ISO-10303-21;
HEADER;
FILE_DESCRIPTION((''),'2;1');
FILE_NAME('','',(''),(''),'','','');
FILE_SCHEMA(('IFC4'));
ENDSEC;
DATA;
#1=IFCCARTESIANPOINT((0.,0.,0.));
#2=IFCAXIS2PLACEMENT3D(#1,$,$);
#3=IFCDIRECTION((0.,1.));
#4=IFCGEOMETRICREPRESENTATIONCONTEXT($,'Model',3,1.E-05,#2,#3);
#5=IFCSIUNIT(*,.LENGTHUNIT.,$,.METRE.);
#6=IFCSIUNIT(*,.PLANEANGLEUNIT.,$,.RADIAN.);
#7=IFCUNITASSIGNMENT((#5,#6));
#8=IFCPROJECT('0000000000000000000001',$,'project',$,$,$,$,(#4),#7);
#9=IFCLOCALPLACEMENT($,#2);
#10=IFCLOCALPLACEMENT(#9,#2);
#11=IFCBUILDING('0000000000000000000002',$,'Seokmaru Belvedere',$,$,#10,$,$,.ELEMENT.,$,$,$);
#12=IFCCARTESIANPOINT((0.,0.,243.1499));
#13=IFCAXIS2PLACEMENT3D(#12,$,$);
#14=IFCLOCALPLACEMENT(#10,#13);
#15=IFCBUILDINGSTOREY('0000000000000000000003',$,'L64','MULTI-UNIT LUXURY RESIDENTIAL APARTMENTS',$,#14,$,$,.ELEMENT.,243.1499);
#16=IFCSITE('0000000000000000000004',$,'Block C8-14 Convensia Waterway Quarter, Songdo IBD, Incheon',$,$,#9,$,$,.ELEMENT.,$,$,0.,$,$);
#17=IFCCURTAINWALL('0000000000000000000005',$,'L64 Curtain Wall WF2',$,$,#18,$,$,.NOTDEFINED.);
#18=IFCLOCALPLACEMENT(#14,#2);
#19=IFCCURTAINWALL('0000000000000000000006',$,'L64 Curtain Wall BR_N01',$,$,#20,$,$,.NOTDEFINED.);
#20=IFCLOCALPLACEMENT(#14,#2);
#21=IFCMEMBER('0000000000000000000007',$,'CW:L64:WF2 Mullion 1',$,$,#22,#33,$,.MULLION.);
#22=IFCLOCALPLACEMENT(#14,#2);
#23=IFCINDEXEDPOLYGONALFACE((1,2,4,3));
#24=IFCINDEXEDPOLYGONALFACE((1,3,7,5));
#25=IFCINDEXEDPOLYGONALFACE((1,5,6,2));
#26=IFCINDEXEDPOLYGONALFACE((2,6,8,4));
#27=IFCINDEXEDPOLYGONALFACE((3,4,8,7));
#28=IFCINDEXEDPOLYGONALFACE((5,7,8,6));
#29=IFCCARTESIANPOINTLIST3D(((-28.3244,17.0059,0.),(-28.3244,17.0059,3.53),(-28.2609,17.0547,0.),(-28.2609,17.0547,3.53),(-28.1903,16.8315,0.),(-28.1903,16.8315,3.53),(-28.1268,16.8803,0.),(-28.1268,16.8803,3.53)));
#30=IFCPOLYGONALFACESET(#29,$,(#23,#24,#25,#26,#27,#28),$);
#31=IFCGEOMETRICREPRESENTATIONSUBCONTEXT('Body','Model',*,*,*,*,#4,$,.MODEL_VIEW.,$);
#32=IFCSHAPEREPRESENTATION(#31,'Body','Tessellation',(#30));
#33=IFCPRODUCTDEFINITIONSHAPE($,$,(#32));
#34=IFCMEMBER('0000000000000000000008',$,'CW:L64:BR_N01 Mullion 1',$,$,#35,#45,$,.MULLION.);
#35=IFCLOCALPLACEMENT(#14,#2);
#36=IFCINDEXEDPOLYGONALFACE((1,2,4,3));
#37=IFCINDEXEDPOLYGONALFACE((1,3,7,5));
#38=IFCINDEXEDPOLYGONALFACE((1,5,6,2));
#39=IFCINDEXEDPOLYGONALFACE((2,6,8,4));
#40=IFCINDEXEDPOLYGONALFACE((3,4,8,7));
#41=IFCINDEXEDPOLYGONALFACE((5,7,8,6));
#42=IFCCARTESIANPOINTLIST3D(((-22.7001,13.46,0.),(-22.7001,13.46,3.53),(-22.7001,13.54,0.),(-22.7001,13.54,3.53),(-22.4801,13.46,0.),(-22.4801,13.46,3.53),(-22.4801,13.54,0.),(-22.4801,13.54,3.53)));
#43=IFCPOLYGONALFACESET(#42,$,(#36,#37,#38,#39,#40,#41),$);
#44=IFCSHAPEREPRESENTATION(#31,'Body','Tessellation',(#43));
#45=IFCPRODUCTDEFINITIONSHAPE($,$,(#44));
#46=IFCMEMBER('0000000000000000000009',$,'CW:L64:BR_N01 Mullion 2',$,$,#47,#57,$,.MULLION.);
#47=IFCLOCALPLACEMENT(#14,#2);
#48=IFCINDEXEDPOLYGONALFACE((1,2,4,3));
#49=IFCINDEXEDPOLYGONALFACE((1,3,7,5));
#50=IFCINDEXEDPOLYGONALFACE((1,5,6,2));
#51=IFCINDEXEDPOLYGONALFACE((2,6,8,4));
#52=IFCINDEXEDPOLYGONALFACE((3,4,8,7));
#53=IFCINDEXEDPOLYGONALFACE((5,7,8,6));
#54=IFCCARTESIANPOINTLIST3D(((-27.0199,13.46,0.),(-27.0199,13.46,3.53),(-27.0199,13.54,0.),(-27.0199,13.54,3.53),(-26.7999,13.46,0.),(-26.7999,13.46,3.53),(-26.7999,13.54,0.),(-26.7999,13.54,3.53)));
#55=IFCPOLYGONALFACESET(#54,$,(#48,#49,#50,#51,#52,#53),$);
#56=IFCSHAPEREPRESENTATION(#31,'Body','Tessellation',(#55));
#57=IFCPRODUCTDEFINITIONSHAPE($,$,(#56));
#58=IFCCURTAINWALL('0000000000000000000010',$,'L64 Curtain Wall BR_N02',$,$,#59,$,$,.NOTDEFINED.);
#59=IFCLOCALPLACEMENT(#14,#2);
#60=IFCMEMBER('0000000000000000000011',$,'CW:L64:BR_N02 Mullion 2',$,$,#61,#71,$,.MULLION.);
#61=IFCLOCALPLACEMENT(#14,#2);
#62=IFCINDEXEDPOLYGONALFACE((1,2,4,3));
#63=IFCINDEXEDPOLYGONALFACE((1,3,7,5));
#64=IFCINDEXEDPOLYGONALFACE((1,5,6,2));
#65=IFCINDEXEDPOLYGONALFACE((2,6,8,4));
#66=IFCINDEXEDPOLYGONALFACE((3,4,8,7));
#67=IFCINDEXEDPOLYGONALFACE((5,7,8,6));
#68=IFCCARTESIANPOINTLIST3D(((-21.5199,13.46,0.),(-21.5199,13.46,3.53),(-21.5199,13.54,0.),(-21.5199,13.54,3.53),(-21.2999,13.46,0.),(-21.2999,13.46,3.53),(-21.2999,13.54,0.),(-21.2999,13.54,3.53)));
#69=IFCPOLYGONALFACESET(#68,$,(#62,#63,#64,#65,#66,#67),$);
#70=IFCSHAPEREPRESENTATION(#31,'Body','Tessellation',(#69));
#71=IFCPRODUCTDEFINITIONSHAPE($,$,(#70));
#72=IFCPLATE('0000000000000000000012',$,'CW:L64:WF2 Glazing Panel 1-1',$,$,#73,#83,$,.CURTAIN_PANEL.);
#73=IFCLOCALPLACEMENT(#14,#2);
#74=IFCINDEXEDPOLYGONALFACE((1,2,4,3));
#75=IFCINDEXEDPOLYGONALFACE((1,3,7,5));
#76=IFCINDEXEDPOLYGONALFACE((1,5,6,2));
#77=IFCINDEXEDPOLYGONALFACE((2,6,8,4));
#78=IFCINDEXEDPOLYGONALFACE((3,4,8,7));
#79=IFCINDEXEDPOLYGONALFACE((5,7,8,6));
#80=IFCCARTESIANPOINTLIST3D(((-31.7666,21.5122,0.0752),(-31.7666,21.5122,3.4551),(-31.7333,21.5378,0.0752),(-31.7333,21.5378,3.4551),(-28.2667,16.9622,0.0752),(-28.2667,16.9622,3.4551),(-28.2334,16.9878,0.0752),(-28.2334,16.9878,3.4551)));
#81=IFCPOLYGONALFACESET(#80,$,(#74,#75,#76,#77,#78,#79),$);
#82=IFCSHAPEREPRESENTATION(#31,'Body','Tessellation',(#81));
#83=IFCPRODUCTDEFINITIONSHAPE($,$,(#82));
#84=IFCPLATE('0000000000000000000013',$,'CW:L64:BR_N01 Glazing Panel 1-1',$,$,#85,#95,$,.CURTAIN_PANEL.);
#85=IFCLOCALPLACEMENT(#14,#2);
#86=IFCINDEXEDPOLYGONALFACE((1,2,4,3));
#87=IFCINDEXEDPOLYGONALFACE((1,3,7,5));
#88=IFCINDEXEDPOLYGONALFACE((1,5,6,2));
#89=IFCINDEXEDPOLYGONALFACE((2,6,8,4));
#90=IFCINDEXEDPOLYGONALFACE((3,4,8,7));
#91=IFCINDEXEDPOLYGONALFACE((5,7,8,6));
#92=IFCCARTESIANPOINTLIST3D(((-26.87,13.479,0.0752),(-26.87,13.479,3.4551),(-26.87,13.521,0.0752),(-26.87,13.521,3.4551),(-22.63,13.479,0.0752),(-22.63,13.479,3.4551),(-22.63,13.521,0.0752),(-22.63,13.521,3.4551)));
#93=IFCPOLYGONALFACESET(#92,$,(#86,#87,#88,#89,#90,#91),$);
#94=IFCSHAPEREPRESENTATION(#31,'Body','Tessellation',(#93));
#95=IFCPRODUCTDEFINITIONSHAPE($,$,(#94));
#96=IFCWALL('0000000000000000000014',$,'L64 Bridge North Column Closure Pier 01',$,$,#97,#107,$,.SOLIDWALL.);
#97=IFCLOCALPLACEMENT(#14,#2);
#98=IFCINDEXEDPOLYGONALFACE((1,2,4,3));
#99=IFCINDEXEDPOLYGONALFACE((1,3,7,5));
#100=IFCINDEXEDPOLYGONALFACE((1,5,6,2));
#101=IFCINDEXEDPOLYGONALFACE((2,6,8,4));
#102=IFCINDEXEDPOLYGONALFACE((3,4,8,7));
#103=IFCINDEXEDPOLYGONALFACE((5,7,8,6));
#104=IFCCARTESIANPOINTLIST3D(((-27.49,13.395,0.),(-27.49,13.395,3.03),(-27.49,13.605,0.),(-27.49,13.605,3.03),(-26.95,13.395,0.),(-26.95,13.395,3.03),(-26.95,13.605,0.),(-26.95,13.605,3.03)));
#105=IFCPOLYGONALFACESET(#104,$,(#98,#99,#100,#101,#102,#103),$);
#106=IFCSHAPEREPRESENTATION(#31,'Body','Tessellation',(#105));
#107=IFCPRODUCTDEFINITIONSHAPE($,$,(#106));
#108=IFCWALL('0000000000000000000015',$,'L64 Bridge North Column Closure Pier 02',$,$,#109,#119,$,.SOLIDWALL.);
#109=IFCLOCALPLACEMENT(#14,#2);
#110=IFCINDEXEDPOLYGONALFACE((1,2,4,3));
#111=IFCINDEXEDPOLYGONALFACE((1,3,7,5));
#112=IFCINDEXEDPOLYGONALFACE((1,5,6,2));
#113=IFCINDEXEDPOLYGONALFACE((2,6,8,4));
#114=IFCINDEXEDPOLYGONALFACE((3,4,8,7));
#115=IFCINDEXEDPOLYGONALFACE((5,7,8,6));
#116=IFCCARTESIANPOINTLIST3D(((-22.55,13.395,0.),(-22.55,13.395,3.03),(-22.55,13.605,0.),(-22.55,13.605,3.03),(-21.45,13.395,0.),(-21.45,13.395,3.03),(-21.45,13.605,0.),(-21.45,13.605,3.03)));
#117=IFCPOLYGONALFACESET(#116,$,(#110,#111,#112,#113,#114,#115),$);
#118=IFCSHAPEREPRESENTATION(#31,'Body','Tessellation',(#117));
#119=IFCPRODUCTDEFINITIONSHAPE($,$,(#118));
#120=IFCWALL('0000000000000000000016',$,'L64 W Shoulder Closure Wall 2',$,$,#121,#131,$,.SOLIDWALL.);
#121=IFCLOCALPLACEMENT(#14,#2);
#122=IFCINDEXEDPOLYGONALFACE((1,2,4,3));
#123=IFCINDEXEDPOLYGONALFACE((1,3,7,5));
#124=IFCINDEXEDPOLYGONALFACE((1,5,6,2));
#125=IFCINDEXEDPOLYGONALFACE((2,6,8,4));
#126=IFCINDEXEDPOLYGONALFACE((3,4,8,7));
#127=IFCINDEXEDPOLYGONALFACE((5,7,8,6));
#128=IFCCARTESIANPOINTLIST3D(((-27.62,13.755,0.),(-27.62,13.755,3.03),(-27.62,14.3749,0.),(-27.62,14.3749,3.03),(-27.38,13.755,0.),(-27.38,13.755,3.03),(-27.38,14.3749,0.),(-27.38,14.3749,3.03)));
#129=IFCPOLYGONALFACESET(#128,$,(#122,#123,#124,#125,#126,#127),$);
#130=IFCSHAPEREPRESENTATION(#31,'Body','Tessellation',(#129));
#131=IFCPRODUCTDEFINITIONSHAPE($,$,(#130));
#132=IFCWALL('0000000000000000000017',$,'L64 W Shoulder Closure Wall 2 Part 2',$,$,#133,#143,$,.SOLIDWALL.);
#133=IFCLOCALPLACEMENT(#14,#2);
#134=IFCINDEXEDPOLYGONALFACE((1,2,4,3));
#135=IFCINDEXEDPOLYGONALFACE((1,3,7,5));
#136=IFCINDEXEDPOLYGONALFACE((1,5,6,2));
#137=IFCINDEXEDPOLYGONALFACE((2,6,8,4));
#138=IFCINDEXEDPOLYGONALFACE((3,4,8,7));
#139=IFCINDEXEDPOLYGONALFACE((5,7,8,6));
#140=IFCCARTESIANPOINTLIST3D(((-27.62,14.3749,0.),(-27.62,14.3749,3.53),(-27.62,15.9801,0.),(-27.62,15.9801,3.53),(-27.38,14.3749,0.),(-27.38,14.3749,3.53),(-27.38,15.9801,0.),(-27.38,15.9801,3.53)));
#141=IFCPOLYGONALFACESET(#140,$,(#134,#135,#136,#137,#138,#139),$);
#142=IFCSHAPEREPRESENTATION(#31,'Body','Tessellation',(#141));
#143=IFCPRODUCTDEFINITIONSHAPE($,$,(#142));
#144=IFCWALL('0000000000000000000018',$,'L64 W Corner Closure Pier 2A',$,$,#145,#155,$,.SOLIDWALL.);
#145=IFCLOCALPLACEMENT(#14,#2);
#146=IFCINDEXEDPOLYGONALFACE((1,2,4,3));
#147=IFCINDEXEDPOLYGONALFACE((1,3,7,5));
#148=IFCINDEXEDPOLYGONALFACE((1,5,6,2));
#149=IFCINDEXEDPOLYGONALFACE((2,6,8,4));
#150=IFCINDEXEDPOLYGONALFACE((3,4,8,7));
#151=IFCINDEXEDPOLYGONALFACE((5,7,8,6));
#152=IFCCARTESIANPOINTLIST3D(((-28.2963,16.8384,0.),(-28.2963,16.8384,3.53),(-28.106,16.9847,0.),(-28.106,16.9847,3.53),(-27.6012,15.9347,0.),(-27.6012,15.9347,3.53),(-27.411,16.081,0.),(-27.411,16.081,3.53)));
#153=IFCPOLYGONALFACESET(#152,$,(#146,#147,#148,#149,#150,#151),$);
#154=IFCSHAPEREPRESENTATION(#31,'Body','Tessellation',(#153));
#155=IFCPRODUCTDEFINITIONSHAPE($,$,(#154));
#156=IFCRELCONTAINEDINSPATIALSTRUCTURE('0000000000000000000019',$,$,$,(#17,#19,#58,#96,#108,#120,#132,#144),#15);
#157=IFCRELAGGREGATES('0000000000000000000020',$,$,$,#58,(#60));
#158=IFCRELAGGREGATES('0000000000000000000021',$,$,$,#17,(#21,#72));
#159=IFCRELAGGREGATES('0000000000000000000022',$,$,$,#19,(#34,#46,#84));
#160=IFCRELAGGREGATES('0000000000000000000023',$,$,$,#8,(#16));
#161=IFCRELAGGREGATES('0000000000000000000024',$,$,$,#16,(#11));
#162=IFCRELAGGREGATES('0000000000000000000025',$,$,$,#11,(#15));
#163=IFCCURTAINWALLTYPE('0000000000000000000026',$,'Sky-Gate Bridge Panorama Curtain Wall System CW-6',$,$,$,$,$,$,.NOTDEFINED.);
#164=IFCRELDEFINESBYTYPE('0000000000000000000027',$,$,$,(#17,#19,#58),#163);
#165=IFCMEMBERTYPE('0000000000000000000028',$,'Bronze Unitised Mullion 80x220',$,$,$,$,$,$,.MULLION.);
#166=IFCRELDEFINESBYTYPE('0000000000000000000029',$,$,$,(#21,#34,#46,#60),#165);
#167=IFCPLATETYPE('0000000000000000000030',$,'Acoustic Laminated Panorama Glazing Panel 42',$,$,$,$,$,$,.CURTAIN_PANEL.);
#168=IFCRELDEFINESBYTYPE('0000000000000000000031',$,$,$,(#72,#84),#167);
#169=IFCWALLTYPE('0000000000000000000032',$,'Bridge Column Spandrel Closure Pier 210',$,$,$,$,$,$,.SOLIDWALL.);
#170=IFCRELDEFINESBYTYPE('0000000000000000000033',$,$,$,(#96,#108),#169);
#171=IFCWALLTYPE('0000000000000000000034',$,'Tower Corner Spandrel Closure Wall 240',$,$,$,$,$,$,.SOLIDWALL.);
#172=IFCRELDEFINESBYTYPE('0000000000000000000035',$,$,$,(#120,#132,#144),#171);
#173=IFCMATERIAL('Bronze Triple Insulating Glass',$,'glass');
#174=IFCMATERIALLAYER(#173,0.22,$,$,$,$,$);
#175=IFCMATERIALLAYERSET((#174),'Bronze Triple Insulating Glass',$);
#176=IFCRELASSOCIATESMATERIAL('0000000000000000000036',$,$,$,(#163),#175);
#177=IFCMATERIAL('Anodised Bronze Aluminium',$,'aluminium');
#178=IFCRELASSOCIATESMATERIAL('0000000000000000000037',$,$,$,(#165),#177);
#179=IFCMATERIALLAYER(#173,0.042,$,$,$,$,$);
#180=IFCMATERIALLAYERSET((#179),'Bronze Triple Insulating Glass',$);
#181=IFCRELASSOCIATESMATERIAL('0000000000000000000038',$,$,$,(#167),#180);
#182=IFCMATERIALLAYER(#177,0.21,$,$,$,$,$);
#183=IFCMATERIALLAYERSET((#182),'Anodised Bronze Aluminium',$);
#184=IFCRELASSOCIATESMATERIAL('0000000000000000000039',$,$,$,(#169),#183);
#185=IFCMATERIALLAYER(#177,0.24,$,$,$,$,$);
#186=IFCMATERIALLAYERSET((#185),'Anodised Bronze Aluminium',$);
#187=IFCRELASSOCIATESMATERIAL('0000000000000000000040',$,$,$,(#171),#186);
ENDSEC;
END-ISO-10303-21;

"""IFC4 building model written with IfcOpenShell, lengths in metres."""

from ifc_helpers import new_model, si_unit, direction, frame, frame_2d, origin, origin_2d, place, context, subcontext, project, spatial, rectangle, extrude, source, transform, mapped, material, layer, layer_set, material_profile, profile_set, type_object, type_shapes, element, aggregate, save


model = new_model("IFC4")

# Units and contexts
model_context = context("Model", 3, precision=1e-05, world=origin(), true_north=direction((0.0, 1.0)))
body_context = subcontext(model_context, "Body", "Model", "MODEL_VIEW")
ifc_project = project(units=[si_unit("LENGTHUNIT", "METRE"), si_unit("PLANEANGLEUNIT", "RADIAN")], contexts=[model_context])

# Site, building, storey
site_placement = place(None, origin())
site = spatial("IfcSite", under=ifc_project, at=site_placement, Name="Block C8-14 Convensia Waterway Quarter, Songdo IBD, Incheon", CompositionType="ELEMENT", RefElevation=0.0)
building_placement = place(site_placement, origin())
building = spatial("IfcBuilding", under=site, at=building_placement, Name="Seokmaru Belvedere", CompositionType="ELEMENT")
storey_placement = place(building_placement, frame((0.0, 0.0, 243.1499)))
storey = spatial("IfcBuildingStorey", under=building, at=storey_placement, Name="L64", Description="MULTI-UNIT LUXURY RESIDENTIAL APARTMENTS", CompositionType="ELEMENT", Elevation=243.1499)

# Curtain walls
ifc_material_1 = material(Name="Bronze Triple Insulating Glass", Category="glass")
ifc_layer_1 = layer(ifc_material_1, 0.22)
ifc_layer_set_1 = layer_set([ifc_layer_1], Name="Bronze Triple Insulating Glass")
curtain_wall_type = type_object("IfcCurtainWallType", Name="Sky-Gate Bridge Panorama Curtain Wall System CW-6", PredefinedType="NOTDEFINED", material=ifc_layer_set_1)
curtain_wall_1_placement = place(storey_placement, origin())
curtain_wall_1 = element("IfcCurtainWall", 1, at=curtain_wall_1_placement, inside=storey, type_object=curtain_wall_type, Name="L64 Curtain Wall WF2", PredefinedType="NOTDEFINED")
ifc_material_2 = material(Name="Anodised Bronze Aluminium", Category="aluminium")
curtain_wall_2_placement = place(storey_placement, origin())
curtain_wall_2 = element("IfcCurtainWall", 2, at=curtain_wall_2_placement, inside=storey, type_object=curtain_wall_type, Name="L64 Curtain Wall BR_N01", PredefinedType="NOTDEFINED")

# Members
ifc_material_profile_1 = material_profile(ifc_material_2, rectangle(XDim=0.0801, YDim=0.22, at=origin_2d()), Name="CW-M-80x220")
ifc_profile_set_1 = profile_set([ifc_material_profile_1], Name="Anodised Bronze Aluminium")
member_type_1 = type_object("IfcMemberType", Name="Bronze Unitised Mullion 80x220", PredefinedType="MULLION", material=ifc_profile_set_1)
shared_shape_1 = source(origin(), body_context, "Body", "SweptSolid", [
    extrude(rectangle(XDim=0.0801, YDim=0.22, at=origin_2d()), origin(), (0.0, 0.0, 1.0), 3.53),
])
type_shapes(member_type_1, [shared_shape_1])
member_1_placement = place(storey_placement, frame((-28.2256, 16.9431, 0.0), z_axis=(0.0, 0.0, 1.0), x_axis=(-0.792631, -0.609701, 0.0)))
member_1 = element("IfcMember", 3, at=member_1_placement, type_object=member_type_1, Name="CW:L64:WF2 Mullion 1", PredefinedType="MULLION", context=body_context, shape_type="MappedRepresentation", body=[
    mapped(shared_shape_1, transform((0.0, 0.0, 0.0), scale=1.0)),
])
member_2_placement = place(storey_placement, frame((-22.5901, 13.5, 0.0), z_axis=(0.0, 0.0, 1.0), x_axis=(0.0, -1.0, 0.0)))
member_2 = element("IfcMember", 4, at=member_2_placement, type_object=member_type_1, Name="CW:L64:BR_N01 Mullion 1", PredefinedType="MULLION", context=body_context, shape_type="MappedRepresentation", body=[
    mapped(shared_shape_1, transform((0.0, 0.0, 0.0), scale=1.0)),
])
member_3_placement = place(storey_placement, frame((-26.9099, 13.5, 0.0), z_axis=(0.0, 0.0, 1.0), x_axis=(0.0, -1.0, 0.0)))
member_3 = element("IfcMember", 5, at=member_3_placement, type_object=member_type_1, Name="CW:L64:BR_N01 Mullion 2", PredefinedType="MULLION", context=body_context, shape_type="MappedRepresentation", body=[
    mapped(shared_shape_1, transform((0.0, 0.0, 0.0), scale=1.0)),
])

# Curtain wall, member
curtain_wall_3_placement = place(storey_placement, origin())
curtain_wall_3 = element("IfcCurtainWall", 6, at=curtain_wall_3_placement, inside=storey, type_object=curtain_wall_type, Name="L64 Curtain Wall BR_N02", PredefinedType="NOTDEFINED")
member_4_placement = place(storey_placement, frame((-21.4099, 13.5, 0.0), z_axis=(0.0, 0.0, 1.0), x_axis=(0.0, -1.0, 0.0)))
member_4 = element("IfcMember", 7, at=member_4_placement, type_object=member_type_1, Name="CW:L64:BR_N02 Mullion 2", PredefinedType="MULLION", context=body_context, shape_type="MappedRepresentation", body=[
    mapped(shared_shape_1, transform((0.0, 0.0, 0.0), scale=1.0)),
])
aggregate(curtain_wall_3, [member_4])

# Plates
ifc_layer_2 = layer(ifc_material_1, 0.042)
ifc_layer_set_2 = layer_set([ifc_layer_2], Name="Bronze Triple Insulating Glass")
plate_type = type_object("IfcPlateType", Name="Acoustic Laminated Panorama Glazing Panel 42", PredefinedType="CURTAIN_PANEL", material=ifc_layer_set_2)
shared_shape_2 = source(origin(), body_context, "Body", "SweptSolid", [
    extrude(rectangle(XDim=5.7405, YDim=0.042, at=origin_2d()), origin(), (0.0, 0.0, 1.0), 3.3799),
])
plate_1_placement = place(storey_placement, frame((-30.0, 19.25, 0.0752), z_axis=(0.0, 0.0, 1.0), x_axis=(-0.609701, 0.792631, 0.0)))
plate_1 = element("IfcPlate", 8, at=plate_1_placement, type_object=plate_type, Name="CW:L64:WF2 Glazing Panel 1-1", PredefinedType="CURTAIN_PANEL", context=body_context, shape_type="MappedRepresentation", body=[
    mapped(shared_shape_2, transform((0.0, 0.0, 0.0), scale=1.0)),
])
aggregate(curtain_wall_1, [member_1, plate_1])
shared_shape_3 = source(origin(), body_context, "Body", "SweptSolid", [
    extrude(rectangle(XDim=4.24, YDim=0.042, at=origin_2d()), origin(), (0.0, 0.0, 1.0), 3.3799),
])
type_shapes(plate_type, [shared_shape_2, shared_shape_3])
plate_2_placement = place(storey_placement, frame((-24.75, 13.5, 0.0752), z_axis=(0.0, 0.0, 1.0), x_axis=(-1.0, 0.0, 0.0)))
plate_2 = element("IfcPlate", 9, at=plate_2_placement, type_object=plate_type, Name="CW:L64:BR_N01 Glazing Panel 1-1", PredefinedType="CURTAIN_PANEL", context=body_context, shape_type="MappedRepresentation", body=[
    mapped(shared_shape_3, transform((0.0, 0.0, 0.0), scale=1.0)),
])
aggregate(curtain_wall_2, [member_2, member_3, plate_2])

# Walls
ifc_layer_3 = layer(ifc_material_2, 0.21)
ifc_layer_set_3 = layer_set([ifc_layer_3], Name="Anodised Bronze Aluminium")
wall_type_1 = type_object("IfcWallType", Name="Bridge Column Spandrel Closure Pier 210", PredefinedType="SOLIDWALL", material=ifc_layer_set_3)
wall_1_placement = place(storey_placement, frame((-27.49, 13.5, 0.0), z_axis=(0.0, 0.0, 1.0), x_axis=(1.0, 0.0, 0.0)))
element("IfcWall", 10, at=wall_1_placement, inside=storey, type_object=wall_type_1, Name="L64 Bridge North Column Closure Pier 01", PredefinedType="SOLIDWALL", context=body_context, shape_type="SweptSolid", body=[
    extrude(rectangle(XDim=0.54, YDim=0.21, at=frame_2d((0.27, 0.0))), origin(), (0.0, 0.0, 1.0), 3.03),
])
wall_2_placement = place(storey_placement, frame((-22.55, 13.5, 0.0), z_axis=(0.0, 0.0, 1.0), x_axis=(1.0, 0.0, 0.0)))
element("IfcWall", 11, at=wall_2_placement, inside=storey, type_object=wall_type_1, Name="L64 Bridge North Column Closure Pier 02", PredefinedType="SOLIDWALL", context=body_context, shape_type="SweptSolid", body=[
    extrude(rectangle(XDim=1.1001, YDim=0.21, at=frame_2d((0.55, 0.0))), origin(), (0.0, 0.0, 1.0), 3.03),
])
ifc_layer_4 = layer(ifc_material_2, 0.24)
ifc_layer_set_4 = layer_set([ifc_layer_4], Name="Anodised Bronze Aluminium")
wall_type_2 = type_object("IfcWallType", Name="Tower Corner Spandrel Closure Wall 240", PredefinedType="SOLIDWALL", material=ifc_layer_set_4)
wall_3_placement = place(storey_placement, frame((-27.5, 13.7549, 0.0), z_axis=(0.0, 0.0, 1.0), x_axis=(0.0, 1.0, 0.0)))
element("IfcWall", 12, at=wall_3_placement, inside=storey, type_object=wall_type_2, Name="L64 W Shoulder Closure Wall 2", PredefinedType="SOLIDWALL", context=body_context, shape_type="SweptSolid", body=[
    extrude(rectangle(XDim=0.6199, YDim=0.24, at=frame_2d((0.3101, 0.0))), origin(), (0.0, 0.0, 1.0), 3.03),
])
wall_4_placement = place(storey_placement, frame((-27.5, 14.3748, 0.0), z_axis=(0.0, 0.0, 1.0), x_axis=(0.0, 1.0, 0.0)))
element("IfcWall", 13, at=wall_4_placement, inside=storey, type_object=wall_type_2, Name="L64 W Shoulder Closure Wall 2 Part 2", PredefinedType="SOLIDWALL", context=body_context, shape_type="SweptSolid", body=[
    extrude(rectangle(XDim=1.6052, YDim=0.24, at=frame_2d((0.8027, 0.0))), origin(), (0.0, 0.0, 1.0), 3.53),
])
wall_5_placement = place(storey_placement, frame((-27.5061, 16.0078, 0.0), z_axis=(0.0, 0.0, 1.0), x_axis=(-0.609618, 0.792696, 0.0)))
element("IfcWall", 14, at=wall_5_placement, inside=storey, type_object=wall_type_2, Name="L64 W Corner Closure Pier 2A", PredefinedType="SOLIDWALL", context=body_context, shape_type="SweptSolid", body=[
    extrude(rectangle(XDim=1.1401, YDim=0.24, at=frame_2d((0.5701, 0.0))), origin(), (0.0, 0.0, 1.0), 3.53),
])

save(model, "model.ifc")
